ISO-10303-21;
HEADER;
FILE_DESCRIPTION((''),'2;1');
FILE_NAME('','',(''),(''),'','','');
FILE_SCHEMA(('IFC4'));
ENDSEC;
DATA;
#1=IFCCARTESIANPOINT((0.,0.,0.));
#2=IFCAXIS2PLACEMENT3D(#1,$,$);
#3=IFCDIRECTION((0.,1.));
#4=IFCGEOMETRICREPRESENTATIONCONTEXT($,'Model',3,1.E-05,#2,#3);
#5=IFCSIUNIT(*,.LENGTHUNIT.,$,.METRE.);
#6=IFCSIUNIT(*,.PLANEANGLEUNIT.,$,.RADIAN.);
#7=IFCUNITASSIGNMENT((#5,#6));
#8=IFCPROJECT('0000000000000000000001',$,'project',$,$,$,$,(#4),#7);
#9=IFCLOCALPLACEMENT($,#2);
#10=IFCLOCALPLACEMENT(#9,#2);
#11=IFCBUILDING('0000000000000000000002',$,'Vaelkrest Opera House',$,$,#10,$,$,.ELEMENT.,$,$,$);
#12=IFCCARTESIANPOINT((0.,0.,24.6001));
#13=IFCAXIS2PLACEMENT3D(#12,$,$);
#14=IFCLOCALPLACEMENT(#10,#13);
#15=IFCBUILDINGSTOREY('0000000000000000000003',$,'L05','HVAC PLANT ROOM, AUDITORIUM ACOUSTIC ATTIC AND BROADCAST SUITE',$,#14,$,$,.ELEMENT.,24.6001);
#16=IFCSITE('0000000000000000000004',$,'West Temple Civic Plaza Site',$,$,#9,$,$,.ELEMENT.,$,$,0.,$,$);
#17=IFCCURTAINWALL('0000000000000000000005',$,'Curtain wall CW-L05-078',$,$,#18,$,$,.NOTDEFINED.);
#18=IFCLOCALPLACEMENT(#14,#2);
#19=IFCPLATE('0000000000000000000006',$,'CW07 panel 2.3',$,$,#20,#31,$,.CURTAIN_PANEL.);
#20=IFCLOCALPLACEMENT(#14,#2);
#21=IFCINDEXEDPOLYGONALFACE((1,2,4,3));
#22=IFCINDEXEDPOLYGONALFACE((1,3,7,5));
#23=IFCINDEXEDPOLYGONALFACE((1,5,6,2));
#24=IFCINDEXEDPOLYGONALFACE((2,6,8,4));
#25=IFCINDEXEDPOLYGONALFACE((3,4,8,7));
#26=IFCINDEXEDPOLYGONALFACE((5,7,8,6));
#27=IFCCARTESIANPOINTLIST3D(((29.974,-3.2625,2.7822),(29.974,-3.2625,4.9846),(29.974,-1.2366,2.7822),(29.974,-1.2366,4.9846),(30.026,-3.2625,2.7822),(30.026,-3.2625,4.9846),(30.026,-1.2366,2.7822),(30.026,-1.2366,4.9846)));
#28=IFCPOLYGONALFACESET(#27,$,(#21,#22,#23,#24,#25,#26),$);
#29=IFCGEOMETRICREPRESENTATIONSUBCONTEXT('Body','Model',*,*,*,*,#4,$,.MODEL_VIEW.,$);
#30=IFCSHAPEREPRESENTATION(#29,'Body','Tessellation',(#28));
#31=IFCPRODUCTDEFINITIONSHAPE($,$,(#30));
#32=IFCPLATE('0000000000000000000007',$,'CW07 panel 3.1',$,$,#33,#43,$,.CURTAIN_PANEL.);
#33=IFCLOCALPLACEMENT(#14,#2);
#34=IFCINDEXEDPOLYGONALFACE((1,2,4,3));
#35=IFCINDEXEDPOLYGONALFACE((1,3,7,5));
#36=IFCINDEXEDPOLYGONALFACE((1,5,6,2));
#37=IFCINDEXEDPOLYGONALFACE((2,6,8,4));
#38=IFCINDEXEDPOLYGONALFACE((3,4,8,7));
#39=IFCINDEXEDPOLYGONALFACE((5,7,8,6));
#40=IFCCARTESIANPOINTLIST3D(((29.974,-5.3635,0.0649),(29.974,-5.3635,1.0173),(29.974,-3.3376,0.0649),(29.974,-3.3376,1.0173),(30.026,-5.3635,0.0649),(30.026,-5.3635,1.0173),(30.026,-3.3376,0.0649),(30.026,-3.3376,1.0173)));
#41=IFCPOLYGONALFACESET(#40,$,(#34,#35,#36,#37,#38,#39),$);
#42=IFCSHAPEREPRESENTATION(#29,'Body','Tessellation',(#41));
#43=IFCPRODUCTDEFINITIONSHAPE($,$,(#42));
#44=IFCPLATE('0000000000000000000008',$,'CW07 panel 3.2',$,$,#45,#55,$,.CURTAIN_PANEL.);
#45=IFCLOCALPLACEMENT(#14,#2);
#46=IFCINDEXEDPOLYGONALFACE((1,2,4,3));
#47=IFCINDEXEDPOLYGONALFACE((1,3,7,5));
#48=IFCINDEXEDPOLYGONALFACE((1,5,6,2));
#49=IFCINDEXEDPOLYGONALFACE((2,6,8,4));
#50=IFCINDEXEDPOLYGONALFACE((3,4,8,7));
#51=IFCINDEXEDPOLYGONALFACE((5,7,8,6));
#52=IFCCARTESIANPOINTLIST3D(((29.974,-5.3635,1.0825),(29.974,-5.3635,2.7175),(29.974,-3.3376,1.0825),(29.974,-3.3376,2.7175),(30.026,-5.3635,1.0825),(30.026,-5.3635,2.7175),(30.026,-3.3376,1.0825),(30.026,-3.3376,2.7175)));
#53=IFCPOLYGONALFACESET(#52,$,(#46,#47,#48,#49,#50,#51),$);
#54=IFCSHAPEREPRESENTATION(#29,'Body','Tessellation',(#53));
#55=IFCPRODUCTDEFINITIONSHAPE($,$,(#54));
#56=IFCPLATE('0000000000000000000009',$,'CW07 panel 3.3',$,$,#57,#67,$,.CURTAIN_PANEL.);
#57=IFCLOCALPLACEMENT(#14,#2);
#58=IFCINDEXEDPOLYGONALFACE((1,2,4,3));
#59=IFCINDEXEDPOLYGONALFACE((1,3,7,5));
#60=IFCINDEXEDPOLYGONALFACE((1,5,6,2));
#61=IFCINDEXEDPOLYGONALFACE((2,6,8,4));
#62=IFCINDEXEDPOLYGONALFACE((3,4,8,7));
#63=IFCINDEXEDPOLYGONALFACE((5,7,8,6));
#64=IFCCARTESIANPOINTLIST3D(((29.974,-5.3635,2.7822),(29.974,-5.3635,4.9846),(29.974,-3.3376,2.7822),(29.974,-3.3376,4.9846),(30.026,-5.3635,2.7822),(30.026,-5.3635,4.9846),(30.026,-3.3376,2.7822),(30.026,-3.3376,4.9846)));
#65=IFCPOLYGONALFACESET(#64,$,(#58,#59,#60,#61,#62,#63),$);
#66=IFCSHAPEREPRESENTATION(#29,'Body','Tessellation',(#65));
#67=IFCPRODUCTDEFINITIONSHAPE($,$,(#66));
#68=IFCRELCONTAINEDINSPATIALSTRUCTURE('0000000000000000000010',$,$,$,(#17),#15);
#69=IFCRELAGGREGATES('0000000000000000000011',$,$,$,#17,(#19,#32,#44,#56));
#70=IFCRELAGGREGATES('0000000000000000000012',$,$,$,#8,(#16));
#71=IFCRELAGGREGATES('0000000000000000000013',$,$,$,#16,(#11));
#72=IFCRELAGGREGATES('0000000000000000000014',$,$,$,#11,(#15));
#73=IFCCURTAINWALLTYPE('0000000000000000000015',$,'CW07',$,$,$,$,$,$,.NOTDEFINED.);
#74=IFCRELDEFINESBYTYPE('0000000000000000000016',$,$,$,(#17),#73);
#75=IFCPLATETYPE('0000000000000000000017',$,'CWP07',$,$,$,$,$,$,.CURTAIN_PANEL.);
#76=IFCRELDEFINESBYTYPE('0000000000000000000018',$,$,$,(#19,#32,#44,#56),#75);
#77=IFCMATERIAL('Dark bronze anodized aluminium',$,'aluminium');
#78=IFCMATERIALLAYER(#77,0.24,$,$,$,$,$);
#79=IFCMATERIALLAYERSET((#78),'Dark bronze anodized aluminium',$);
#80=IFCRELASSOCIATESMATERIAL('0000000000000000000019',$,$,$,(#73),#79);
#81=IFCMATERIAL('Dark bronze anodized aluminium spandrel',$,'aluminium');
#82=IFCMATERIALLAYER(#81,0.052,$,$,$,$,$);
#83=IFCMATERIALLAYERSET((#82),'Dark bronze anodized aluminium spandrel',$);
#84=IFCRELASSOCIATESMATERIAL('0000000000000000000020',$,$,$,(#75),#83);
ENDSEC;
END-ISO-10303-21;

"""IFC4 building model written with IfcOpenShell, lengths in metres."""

from ifc_helpers import new_model, si_unit, direction, frame, origin, origin_2d, place, context, subcontext, project, spatial, rectangle, extrude, material, layer, layer_set, type_object, element, aggregate, save


model = new_model("IFC4")

# Units and contexts
model_context = context("Model", 3, precision=1e-05, world=origin(), true_north=direction((0.0, 1.0)))
body_context = subcontext(model_context, "Body", "Model", "MODEL_VIEW")
ifc_project = project(units=[si_unit("LENGTHUNIT", "METRE"), si_unit("PLANEANGLEUNIT", "RADIAN")], contexts=[model_context])

# Site, building, storey
site_placement = place(None, origin())
site = spatial("IfcSite", under=ifc_project, at=site_placement, Name="West Temple Civic Plaza Site", CompositionType="ELEMENT", RefElevation=0.0)
building_placement = place(site_placement, origin())
building = spatial("IfcBuilding", under=site, at=building_placement, Name="Vaelkrest Opera House", CompositionType="ELEMENT")
storey_placement = place(building_placement, frame((0.0, 0.0, 24.6001)))
storey = spatial("IfcBuildingStorey", under=building, at=storey_placement, Name="L05", Description="HVAC PLANT ROOM, AUDITORIUM ACOUSTIC ATTIC AND BROADCAST SUITE", CompositionType="ELEMENT", Elevation=24.6001)

# Curtain wall, plates
ifc_material_1 = material(Name="Dark bronze anodized aluminium", Category="aluminium")
ifc_layer_1 = layer(ifc_material_1, 0.24)
ifc_layer_set_1 = layer_set([ifc_layer_1], Name="Dark bronze anodized aluminium")
curtain_wall_type = type_object("IfcCurtainWallType", Name="CW07", PredefinedType="NOTDEFINED", material=ifc_layer_set_1)
curtain_wall_placement = place(storey_placement, origin())
curtain_wall = element("IfcCurtainWall", 1, at=curtain_wall_placement, inside=storey, type_object=curtain_wall_type, Name="Curtain wall CW-L05-078", PredefinedType="NOTDEFINED")
ifc_material_2 = material(Name="Dark bronze anodized aluminium spandrel", Category="aluminium")
ifc_layer_2 = layer(ifc_material_2, 0.052)
ifc_layer_set_2 = layer_set([ifc_layer_2], Name="Dark bronze anodized aluminium spandrel")
plate_type = type_object("IfcPlateType", Name="CWP07", PredefinedType="CURTAIN_PANEL", material=ifc_layer_set_2)
plate_1_placement = place(storey_placement, frame((30.0, -2.2495, 2.7822), z_axis=(0.0, 0.0, 1.0), x_axis=(0.0, -1.0, 0.0)))
plate_1 = element("IfcPlate", 2, at=plate_1_placement, type_object=plate_type, Name="CW07 panel 2.3", PredefinedType="CURTAIN_PANEL", context=body_context, shape_type="SweptSolid", body=[
    extrude(rectangle(XDim=2.0259, YDim=0.052, at=origin_2d()), origin(), (0.0, 0.0, 1.0), 2.2024),
])
plate_2_placement = place(storey_placement, frame((30.0, -4.3506, 0.0649), z_axis=(0.0, 0.0, 1.0), x_axis=(0.0, -1.0, 0.0)))
plate_2 = element("IfcPlate", 3, at=plate_2_placement, type_object=plate_type, Name="CW07 panel 3.1", PredefinedType="CURTAIN_PANEL", context=body_context, shape_type="SweptSolid", body=[
    extrude(rectangle(XDim=2.0259, YDim=0.052, at=origin_2d()), origin(), (0.0, 0.0, 1.0), 0.9524),
])
plate_3_placement = place(storey_placement, frame((30.0, -4.3506, 1.0825), z_axis=(0.0, 0.0, 1.0), x_axis=(0.0, -1.0, 0.0)))
plate_3 = element("IfcPlate", 4, at=plate_3_placement, type_object=plate_type, Name="CW07 panel 3.2", PredefinedType="CURTAIN_PANEL", context=body_context, shape_type="SweptSolid", body=[
    extrude(rectangle(XDim=2.0259, YDim=0.052, at=origin_2d()), origin(), (0.0, 0.0, 1.0), 1.635),
])
plate_4_placement = place(storey_placement, frame((30.0, -4.3506, 2.7822), z_axis=(0.0, 0.0, 1.0), x_axis=(0.0, -1.0, 0.0)))
plate_4 = element("IfcPlate", 5, at=plate_4_placement, type_object=plate_type, Name="CW07 panel 3.3", PredefinedType="CURTAIN_PANEL", context=body_context, shape_type="SweptSolid", body=[
    extrude(rectangle(XDim=2.0259, YDim=0.052, at=origin_2d()), origin(), (0.0, 0.0, 1.0), 2.2024),
])
aggregate(curtain_wall, [plate_1, plate_2, plate_3, plate_4])

save(model, "model.ifc")
